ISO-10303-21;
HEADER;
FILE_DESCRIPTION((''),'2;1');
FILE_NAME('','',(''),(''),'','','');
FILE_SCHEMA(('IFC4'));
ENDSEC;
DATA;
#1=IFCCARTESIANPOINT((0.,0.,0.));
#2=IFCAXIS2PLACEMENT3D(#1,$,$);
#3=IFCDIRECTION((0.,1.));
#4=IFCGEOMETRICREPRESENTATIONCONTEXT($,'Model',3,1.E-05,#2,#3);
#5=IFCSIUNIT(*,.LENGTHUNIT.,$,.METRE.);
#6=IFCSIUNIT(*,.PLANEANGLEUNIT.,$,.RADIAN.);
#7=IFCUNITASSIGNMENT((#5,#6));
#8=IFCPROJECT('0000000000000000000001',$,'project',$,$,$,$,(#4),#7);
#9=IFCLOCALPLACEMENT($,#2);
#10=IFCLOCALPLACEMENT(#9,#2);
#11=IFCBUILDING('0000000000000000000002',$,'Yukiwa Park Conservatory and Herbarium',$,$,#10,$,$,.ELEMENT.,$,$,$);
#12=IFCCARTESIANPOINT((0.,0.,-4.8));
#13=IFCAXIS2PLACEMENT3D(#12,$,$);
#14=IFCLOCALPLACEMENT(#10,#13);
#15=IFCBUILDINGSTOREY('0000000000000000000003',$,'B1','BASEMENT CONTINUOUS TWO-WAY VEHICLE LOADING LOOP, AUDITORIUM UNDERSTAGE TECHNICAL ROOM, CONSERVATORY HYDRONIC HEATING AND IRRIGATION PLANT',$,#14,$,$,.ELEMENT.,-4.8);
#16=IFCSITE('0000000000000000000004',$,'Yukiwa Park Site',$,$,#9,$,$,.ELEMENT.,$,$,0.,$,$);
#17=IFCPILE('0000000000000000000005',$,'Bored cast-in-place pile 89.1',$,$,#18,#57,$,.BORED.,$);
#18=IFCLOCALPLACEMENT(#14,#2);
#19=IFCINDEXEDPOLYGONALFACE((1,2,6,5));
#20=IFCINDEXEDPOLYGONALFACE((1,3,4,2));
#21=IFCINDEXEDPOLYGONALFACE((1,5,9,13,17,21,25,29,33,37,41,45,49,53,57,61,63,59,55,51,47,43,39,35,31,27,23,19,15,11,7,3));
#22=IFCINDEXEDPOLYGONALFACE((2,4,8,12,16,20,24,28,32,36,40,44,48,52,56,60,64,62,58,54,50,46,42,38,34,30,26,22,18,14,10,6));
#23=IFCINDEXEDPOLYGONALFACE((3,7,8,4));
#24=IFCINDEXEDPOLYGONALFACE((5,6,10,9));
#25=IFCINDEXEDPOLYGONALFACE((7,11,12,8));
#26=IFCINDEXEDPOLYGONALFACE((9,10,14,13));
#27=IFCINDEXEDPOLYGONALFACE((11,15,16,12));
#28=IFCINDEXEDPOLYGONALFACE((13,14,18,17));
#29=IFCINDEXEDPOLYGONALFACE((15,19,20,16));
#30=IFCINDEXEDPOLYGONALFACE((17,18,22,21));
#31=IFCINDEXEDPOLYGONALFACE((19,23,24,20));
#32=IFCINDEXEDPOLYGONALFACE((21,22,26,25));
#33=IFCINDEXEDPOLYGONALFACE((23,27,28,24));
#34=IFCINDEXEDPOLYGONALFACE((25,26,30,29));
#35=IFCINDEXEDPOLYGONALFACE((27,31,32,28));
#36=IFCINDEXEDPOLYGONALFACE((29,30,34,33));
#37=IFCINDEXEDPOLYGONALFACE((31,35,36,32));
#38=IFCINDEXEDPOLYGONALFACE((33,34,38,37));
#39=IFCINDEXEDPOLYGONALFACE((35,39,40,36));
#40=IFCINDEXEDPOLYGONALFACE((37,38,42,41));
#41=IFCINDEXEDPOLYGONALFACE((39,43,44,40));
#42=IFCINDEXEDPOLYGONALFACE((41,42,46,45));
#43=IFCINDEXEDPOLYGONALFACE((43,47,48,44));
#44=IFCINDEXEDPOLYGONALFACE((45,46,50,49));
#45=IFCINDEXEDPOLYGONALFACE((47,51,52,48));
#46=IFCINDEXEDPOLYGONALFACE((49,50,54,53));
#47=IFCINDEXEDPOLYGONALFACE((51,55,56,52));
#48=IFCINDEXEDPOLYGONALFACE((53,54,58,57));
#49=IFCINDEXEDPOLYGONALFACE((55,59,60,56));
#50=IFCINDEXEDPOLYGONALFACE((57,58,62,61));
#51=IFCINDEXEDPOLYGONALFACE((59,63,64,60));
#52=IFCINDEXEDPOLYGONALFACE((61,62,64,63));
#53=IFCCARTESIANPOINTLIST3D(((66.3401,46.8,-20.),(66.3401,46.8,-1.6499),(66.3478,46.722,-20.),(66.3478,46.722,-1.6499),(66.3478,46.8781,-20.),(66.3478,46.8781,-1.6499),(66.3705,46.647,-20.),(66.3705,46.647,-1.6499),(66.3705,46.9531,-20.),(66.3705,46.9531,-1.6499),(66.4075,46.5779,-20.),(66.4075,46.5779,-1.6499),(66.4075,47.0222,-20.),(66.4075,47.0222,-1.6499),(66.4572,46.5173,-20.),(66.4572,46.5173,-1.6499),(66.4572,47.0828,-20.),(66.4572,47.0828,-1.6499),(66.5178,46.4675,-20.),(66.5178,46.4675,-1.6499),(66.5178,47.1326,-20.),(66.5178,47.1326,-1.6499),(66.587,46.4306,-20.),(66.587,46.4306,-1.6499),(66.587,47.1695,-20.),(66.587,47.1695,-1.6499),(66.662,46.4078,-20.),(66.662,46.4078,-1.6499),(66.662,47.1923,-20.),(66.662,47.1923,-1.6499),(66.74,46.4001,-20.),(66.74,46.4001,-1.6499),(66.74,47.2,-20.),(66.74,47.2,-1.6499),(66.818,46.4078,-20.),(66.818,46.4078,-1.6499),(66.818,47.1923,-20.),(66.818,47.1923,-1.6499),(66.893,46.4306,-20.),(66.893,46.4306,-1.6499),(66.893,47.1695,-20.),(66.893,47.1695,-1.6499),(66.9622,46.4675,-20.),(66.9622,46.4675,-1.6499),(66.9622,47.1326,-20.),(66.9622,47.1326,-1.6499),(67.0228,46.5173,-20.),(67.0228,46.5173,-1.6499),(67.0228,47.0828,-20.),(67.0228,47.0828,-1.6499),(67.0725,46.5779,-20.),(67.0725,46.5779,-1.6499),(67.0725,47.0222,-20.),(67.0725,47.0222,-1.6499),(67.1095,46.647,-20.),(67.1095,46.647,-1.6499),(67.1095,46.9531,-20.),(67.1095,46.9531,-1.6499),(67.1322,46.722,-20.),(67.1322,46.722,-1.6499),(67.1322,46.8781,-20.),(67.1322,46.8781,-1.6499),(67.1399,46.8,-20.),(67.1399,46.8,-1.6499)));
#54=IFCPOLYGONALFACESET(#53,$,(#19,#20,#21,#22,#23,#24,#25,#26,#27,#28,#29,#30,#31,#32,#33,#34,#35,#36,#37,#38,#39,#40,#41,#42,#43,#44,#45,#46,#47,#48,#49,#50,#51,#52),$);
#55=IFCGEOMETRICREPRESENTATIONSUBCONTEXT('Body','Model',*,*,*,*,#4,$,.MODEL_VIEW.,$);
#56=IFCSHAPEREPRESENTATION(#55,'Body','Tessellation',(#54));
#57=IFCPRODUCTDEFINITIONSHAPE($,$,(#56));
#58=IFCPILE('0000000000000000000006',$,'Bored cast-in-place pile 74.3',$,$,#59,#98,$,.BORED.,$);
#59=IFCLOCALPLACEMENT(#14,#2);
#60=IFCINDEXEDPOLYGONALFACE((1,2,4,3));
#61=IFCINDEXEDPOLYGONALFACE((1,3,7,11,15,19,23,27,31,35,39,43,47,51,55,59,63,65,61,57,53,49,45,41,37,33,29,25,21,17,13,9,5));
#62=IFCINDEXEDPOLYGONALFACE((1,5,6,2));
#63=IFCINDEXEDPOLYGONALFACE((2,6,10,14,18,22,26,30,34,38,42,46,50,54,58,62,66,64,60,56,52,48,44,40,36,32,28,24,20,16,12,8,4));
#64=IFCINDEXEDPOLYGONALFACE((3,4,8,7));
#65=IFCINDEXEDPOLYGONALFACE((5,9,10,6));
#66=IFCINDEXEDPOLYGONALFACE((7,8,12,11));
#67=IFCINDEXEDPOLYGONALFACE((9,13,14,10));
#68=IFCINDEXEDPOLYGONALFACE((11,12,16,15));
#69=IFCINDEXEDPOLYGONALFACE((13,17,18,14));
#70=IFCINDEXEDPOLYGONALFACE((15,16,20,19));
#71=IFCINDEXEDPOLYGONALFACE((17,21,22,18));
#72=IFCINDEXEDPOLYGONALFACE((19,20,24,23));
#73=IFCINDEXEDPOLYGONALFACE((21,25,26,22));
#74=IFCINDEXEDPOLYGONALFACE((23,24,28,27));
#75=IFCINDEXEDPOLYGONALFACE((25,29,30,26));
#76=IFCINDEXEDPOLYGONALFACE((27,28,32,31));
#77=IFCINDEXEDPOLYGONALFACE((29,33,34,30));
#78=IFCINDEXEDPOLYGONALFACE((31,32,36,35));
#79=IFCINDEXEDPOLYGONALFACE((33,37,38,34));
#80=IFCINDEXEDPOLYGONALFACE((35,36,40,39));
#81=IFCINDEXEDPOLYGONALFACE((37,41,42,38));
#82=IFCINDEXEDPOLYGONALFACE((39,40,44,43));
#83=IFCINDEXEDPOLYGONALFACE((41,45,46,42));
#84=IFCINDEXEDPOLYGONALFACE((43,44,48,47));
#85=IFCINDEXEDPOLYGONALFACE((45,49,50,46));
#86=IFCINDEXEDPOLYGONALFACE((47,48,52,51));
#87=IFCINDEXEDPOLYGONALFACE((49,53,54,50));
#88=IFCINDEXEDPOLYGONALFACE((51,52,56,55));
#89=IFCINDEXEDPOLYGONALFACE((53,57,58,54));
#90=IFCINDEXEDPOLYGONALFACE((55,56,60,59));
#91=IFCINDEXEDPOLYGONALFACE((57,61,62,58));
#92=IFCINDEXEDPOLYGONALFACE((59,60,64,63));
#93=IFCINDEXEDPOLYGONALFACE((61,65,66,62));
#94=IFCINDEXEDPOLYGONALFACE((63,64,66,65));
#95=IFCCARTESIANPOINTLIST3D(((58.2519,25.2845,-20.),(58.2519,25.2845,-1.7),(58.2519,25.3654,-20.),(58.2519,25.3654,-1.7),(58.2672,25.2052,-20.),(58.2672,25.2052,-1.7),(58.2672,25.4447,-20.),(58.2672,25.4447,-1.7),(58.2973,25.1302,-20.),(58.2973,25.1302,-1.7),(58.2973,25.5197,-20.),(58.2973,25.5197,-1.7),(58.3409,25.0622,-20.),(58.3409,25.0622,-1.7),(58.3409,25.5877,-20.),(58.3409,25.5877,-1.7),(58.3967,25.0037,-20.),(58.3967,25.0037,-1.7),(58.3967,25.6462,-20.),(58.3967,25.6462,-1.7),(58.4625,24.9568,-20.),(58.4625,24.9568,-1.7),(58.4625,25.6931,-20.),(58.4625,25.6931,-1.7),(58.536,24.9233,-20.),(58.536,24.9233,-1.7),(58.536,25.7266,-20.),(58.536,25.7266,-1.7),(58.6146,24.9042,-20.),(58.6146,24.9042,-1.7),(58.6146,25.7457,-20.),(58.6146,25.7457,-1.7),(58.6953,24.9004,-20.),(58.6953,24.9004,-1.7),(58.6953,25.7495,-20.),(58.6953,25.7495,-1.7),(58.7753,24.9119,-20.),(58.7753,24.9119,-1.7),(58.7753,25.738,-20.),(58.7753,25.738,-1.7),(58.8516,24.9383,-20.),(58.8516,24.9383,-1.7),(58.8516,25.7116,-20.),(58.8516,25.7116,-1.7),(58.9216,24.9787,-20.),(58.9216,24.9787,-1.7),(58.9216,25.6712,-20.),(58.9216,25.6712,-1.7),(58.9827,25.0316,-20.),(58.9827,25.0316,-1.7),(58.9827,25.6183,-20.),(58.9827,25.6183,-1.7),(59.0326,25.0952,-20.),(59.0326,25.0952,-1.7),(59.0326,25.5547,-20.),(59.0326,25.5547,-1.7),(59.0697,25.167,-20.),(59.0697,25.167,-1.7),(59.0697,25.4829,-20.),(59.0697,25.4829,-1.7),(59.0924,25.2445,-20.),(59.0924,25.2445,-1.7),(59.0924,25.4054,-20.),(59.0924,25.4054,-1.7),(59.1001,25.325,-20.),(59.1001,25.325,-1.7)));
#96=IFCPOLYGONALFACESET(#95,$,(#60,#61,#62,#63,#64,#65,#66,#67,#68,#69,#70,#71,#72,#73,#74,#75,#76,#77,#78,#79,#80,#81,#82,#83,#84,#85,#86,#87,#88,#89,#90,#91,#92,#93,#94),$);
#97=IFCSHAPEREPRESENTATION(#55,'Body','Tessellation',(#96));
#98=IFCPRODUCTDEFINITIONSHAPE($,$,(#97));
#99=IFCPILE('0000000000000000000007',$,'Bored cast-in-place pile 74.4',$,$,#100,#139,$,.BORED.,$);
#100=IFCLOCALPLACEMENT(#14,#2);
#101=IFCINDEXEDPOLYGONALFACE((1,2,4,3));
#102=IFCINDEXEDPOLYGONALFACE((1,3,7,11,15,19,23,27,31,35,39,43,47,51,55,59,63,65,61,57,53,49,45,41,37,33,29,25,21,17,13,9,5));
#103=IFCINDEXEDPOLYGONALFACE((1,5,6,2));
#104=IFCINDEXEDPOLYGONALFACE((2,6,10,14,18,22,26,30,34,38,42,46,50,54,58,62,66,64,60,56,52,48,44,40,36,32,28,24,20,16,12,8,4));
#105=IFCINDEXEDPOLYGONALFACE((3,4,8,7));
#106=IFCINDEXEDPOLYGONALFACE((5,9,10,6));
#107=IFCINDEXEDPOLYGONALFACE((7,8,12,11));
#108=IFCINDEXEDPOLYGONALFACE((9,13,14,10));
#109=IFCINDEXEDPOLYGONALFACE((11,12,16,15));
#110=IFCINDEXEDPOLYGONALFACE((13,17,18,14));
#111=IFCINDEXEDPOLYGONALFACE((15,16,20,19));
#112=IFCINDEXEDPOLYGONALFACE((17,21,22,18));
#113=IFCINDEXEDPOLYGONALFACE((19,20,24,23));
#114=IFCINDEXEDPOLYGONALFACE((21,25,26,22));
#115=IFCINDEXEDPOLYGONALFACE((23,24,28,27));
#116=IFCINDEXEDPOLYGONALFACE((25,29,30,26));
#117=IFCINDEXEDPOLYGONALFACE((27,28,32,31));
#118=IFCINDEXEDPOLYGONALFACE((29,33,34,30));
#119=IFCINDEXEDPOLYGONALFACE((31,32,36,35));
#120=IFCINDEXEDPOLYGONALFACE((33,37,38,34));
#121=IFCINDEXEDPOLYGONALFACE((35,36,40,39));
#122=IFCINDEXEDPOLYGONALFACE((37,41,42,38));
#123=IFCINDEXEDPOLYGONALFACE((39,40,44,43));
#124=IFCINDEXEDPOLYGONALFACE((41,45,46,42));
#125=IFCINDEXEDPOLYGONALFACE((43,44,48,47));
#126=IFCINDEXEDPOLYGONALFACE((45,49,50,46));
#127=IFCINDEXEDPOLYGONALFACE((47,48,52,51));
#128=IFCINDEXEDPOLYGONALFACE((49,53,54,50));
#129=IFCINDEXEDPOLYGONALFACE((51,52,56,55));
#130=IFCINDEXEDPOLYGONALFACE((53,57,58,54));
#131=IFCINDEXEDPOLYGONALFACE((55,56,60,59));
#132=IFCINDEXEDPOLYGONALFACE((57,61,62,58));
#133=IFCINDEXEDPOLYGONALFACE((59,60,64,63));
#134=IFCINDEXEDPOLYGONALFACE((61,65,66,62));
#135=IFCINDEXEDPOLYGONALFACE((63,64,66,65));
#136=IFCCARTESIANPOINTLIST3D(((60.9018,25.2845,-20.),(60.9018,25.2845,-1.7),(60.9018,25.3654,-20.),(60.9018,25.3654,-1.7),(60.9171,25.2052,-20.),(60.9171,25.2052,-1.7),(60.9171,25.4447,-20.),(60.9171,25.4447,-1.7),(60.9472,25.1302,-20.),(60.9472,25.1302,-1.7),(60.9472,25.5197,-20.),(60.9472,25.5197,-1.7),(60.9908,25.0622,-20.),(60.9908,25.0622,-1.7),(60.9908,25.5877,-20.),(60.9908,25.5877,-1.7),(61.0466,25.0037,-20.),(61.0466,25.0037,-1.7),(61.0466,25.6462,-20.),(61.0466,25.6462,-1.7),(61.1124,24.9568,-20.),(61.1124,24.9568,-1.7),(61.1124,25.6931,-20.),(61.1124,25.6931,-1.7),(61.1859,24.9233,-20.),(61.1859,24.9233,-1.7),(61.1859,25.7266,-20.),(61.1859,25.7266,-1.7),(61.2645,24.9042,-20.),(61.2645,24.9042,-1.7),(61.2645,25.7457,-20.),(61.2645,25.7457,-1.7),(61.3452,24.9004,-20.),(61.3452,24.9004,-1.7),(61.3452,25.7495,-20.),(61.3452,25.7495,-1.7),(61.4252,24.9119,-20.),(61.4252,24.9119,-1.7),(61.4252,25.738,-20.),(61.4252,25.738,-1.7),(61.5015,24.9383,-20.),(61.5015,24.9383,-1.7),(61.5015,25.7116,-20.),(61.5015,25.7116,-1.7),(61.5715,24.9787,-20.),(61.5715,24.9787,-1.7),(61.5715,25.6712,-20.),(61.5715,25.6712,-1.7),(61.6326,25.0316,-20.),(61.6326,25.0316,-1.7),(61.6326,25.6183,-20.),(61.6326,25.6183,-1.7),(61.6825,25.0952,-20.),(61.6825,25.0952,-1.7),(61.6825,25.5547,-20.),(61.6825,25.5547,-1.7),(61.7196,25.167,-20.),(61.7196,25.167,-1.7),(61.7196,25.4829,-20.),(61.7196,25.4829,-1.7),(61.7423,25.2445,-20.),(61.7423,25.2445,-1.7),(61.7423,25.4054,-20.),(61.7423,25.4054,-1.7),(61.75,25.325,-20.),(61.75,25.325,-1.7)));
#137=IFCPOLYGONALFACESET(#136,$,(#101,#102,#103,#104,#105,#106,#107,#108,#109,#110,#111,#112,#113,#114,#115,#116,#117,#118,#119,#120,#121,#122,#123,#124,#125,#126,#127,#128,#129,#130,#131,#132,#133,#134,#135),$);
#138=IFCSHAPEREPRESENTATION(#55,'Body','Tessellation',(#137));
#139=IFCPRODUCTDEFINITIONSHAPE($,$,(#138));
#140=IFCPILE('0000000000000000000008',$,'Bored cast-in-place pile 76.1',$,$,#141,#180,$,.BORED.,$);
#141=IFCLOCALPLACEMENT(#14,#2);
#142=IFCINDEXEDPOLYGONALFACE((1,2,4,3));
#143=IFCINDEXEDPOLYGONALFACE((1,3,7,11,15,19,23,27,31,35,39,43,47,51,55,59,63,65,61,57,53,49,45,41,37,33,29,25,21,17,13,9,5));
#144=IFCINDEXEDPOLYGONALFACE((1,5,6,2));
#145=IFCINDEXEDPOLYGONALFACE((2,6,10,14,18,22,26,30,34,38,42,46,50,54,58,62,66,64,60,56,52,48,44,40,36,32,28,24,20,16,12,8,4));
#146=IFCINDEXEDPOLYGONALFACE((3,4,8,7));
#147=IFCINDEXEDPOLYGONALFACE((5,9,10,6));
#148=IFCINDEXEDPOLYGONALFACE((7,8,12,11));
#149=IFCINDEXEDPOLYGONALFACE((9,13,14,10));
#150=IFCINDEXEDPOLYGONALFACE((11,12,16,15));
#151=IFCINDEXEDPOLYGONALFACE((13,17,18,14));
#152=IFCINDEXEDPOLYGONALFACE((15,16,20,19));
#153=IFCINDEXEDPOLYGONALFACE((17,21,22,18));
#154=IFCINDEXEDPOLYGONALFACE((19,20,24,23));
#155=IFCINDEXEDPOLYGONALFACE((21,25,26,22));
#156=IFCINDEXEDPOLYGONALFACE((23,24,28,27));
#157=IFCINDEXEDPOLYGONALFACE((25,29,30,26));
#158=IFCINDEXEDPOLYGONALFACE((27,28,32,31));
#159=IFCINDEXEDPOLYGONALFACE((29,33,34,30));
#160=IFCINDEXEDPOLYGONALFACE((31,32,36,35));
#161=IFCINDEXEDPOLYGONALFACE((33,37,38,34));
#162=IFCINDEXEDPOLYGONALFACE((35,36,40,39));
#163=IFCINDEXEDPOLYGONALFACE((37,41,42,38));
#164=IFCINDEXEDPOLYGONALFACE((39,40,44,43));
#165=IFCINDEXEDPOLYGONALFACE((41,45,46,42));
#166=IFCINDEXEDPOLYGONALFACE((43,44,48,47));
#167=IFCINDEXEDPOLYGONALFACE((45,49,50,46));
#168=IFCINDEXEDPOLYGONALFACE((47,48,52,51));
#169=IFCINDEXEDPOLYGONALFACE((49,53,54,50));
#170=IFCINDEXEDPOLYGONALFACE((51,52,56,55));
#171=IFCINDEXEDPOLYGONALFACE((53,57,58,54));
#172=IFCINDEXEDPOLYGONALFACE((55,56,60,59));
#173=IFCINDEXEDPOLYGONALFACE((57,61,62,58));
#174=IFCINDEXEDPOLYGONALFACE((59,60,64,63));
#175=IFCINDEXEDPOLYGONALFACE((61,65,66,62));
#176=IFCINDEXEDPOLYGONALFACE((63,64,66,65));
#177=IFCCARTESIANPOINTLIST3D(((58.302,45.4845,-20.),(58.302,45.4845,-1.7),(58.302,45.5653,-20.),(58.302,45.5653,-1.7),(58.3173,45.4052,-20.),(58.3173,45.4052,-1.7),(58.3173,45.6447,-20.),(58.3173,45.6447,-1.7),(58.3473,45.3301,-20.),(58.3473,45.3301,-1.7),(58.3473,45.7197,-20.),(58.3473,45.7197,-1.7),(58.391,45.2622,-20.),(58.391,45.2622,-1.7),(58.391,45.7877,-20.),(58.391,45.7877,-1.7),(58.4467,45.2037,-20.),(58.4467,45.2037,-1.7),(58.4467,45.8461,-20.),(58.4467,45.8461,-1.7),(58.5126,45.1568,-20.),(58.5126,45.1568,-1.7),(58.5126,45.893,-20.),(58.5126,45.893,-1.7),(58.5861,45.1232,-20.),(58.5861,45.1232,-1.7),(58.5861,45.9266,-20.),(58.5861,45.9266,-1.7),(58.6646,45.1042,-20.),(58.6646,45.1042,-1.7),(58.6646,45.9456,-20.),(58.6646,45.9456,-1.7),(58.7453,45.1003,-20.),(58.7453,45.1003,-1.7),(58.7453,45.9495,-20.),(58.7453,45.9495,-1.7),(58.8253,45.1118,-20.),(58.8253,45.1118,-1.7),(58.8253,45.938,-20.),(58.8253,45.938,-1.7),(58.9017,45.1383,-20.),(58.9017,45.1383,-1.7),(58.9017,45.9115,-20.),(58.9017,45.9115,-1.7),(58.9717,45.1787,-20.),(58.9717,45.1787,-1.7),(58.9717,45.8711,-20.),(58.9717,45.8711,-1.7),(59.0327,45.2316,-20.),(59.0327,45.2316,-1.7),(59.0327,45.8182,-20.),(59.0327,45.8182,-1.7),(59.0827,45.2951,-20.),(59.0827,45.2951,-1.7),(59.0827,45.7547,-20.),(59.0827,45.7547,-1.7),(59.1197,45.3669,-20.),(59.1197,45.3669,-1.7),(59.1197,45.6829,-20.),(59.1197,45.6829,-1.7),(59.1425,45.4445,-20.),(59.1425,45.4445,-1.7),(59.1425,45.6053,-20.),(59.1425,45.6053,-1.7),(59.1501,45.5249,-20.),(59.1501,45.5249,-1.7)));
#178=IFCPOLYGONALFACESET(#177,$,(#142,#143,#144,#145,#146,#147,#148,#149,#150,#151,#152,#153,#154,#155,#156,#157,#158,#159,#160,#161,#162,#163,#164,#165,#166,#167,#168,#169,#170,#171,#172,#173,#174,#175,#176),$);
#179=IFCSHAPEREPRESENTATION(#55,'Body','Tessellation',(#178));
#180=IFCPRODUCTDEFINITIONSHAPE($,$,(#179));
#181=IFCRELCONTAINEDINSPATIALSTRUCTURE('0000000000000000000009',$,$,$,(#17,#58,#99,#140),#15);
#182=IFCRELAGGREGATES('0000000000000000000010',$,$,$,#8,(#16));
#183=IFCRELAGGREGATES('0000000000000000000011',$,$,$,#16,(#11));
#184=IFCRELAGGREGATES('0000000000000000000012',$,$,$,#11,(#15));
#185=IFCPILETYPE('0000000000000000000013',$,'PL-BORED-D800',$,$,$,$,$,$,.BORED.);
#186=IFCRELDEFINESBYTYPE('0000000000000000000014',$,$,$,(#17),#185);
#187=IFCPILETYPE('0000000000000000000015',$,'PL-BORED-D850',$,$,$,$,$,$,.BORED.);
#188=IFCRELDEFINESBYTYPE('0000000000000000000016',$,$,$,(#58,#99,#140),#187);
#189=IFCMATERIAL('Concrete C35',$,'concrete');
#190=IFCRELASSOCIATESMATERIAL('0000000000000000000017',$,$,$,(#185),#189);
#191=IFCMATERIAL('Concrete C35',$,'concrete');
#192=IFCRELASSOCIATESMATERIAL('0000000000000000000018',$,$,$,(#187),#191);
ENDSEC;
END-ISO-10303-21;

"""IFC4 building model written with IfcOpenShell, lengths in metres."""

from ifc_helpers import new_model, si_unit, direction, frame, origin, origin_2d, place, context, subcontext, project, spatial, circle, extrude, material, material_profile, profile_set, type_object, element, save


model = new_model("IFC4")

# Units and contexts
model_context = context("Model", 3, precision=1e-05, world=origin(), true_north=direction((0.0, 1.0)))
body_context = subcontext(model_context, "Body", "Model", "MODEL_VIEW")
ifc_project = project(units=[si_unit("LENGTHUNIT", "METRE"), si_unit("PLANEANGLEUNIT", "RADIAN")], contexts=[model_context])

# Site, building, storey
site_placement = place(None, origin())
site = spatial("IfcSite", under=ifc_project, at=site_placement, Name="Yukiwa Park Site", CompositionType="ELEMENT", RefElevation=0.0)
building_placement = place(site_placement, origin())
building = spatial("IfcBuilding", under=site, at=building_placement, Name="Yukiwa Park Conservatory and Herbarium", CompositionType="ELEMENT")
storey_placement = place(building_placement, frame((0.0, 0.0, -4.8)))
storey = spatial("IfcBuildingStorey", under=building, at=storey_placement, Name="B1", Description="BASEMENT CONTINUOUS TWO-WAY VEHICLE LOADING LOOP, AUDITORIUM UNDERSTAGE TECHNICAL ROOM, CONSERVATORY HYDRONIC HEATING AND IRRIGATION PLANT", CompositionType="ELEMENT", Elevation=-4.8)

# Piles
ifc_material_1 = material(Name="Concrete C35", Category="concrete")
ifc_material_profile_1 = material_profile(ifc_material_1, circle(Radius=0.3999, at=origin_2d()), Name="PILE D800")
ifc_profile_set_1 = profile_set([ifc_material_profile_1], Name="Concrete C35")
pile_type_1 = type_object("IfcPileType", Name="PL-BORED-D800", PredefinedType="BORED", material=ifc_profile_set_1)
pile_placement = place(storey_placement, frame((66.74, 46.8, -1.6499), z_axis=(0.0, 0.0, -1.0), x_axis=(1.0, 0.0, 0.0)))
element("IfcPile", 1, at=pile_placement, inside=storey, type_object=pile_type_1, Name="Bored cast-in-place pile 89.1", PredefinedType="BORED", context=body_context, shape_type="SweptSolid", body=[
    extrude(circle(Radius=0.3999, at=origin_2d()), origin(), (0.0, 0.0, 1.0), 18.3501),
])
ifc_material_2 = material(Name="Concrete C35", Category="concrete")
ifc_material_profile_2 = material_profile(ifc_material_2, circle(Radius=0.425, at=origin_2d()), Name="PILE D850")
ifc_profile_set_2 = profile_set([ifc_material_profile_2], Name="Concrete C35")
pile_type_2 = type_object("IfcPileType", Name="PL-BORED-D850", PredefinedType="BORED", material=ifc_profile_set_2)
for number, where, z_axis, x_axis, name in (
    (2, (58.675, 25.325, -1.7), (0.0, 0.0, -1.0), (1.0, 0.0, 0.0), "Bored cast-in-place pile 74.3"),
    (3, (61.325, 25.325, -1.7), (0.0, 0.0, -1.0), (1.0, 0.0, 0.0), "Bored cast-in-place pile 74.4"),
    (4, (58.7251, 45.5249, -1.7), (0.0, 0.0, -1.0), (1.0, 0.0, 0.0), "Bored cast-in-place pile 76.1"),
):
    element("IfcPile", number, at=place(storey_placement, frame(where, z_axis=z_axis, x_axis=x_axis)), inside=storey, type_object=pile_type_2, Name=name, PredefinedType="BORED", context=body_context, shape_type="SweptSolid", body=[
        extrude(circle(Radius=0.425, at=origin_2d()), origin(), (0.0, 0.0, 1.0), 18.3),
    ])

save(model, "model.ifc")
